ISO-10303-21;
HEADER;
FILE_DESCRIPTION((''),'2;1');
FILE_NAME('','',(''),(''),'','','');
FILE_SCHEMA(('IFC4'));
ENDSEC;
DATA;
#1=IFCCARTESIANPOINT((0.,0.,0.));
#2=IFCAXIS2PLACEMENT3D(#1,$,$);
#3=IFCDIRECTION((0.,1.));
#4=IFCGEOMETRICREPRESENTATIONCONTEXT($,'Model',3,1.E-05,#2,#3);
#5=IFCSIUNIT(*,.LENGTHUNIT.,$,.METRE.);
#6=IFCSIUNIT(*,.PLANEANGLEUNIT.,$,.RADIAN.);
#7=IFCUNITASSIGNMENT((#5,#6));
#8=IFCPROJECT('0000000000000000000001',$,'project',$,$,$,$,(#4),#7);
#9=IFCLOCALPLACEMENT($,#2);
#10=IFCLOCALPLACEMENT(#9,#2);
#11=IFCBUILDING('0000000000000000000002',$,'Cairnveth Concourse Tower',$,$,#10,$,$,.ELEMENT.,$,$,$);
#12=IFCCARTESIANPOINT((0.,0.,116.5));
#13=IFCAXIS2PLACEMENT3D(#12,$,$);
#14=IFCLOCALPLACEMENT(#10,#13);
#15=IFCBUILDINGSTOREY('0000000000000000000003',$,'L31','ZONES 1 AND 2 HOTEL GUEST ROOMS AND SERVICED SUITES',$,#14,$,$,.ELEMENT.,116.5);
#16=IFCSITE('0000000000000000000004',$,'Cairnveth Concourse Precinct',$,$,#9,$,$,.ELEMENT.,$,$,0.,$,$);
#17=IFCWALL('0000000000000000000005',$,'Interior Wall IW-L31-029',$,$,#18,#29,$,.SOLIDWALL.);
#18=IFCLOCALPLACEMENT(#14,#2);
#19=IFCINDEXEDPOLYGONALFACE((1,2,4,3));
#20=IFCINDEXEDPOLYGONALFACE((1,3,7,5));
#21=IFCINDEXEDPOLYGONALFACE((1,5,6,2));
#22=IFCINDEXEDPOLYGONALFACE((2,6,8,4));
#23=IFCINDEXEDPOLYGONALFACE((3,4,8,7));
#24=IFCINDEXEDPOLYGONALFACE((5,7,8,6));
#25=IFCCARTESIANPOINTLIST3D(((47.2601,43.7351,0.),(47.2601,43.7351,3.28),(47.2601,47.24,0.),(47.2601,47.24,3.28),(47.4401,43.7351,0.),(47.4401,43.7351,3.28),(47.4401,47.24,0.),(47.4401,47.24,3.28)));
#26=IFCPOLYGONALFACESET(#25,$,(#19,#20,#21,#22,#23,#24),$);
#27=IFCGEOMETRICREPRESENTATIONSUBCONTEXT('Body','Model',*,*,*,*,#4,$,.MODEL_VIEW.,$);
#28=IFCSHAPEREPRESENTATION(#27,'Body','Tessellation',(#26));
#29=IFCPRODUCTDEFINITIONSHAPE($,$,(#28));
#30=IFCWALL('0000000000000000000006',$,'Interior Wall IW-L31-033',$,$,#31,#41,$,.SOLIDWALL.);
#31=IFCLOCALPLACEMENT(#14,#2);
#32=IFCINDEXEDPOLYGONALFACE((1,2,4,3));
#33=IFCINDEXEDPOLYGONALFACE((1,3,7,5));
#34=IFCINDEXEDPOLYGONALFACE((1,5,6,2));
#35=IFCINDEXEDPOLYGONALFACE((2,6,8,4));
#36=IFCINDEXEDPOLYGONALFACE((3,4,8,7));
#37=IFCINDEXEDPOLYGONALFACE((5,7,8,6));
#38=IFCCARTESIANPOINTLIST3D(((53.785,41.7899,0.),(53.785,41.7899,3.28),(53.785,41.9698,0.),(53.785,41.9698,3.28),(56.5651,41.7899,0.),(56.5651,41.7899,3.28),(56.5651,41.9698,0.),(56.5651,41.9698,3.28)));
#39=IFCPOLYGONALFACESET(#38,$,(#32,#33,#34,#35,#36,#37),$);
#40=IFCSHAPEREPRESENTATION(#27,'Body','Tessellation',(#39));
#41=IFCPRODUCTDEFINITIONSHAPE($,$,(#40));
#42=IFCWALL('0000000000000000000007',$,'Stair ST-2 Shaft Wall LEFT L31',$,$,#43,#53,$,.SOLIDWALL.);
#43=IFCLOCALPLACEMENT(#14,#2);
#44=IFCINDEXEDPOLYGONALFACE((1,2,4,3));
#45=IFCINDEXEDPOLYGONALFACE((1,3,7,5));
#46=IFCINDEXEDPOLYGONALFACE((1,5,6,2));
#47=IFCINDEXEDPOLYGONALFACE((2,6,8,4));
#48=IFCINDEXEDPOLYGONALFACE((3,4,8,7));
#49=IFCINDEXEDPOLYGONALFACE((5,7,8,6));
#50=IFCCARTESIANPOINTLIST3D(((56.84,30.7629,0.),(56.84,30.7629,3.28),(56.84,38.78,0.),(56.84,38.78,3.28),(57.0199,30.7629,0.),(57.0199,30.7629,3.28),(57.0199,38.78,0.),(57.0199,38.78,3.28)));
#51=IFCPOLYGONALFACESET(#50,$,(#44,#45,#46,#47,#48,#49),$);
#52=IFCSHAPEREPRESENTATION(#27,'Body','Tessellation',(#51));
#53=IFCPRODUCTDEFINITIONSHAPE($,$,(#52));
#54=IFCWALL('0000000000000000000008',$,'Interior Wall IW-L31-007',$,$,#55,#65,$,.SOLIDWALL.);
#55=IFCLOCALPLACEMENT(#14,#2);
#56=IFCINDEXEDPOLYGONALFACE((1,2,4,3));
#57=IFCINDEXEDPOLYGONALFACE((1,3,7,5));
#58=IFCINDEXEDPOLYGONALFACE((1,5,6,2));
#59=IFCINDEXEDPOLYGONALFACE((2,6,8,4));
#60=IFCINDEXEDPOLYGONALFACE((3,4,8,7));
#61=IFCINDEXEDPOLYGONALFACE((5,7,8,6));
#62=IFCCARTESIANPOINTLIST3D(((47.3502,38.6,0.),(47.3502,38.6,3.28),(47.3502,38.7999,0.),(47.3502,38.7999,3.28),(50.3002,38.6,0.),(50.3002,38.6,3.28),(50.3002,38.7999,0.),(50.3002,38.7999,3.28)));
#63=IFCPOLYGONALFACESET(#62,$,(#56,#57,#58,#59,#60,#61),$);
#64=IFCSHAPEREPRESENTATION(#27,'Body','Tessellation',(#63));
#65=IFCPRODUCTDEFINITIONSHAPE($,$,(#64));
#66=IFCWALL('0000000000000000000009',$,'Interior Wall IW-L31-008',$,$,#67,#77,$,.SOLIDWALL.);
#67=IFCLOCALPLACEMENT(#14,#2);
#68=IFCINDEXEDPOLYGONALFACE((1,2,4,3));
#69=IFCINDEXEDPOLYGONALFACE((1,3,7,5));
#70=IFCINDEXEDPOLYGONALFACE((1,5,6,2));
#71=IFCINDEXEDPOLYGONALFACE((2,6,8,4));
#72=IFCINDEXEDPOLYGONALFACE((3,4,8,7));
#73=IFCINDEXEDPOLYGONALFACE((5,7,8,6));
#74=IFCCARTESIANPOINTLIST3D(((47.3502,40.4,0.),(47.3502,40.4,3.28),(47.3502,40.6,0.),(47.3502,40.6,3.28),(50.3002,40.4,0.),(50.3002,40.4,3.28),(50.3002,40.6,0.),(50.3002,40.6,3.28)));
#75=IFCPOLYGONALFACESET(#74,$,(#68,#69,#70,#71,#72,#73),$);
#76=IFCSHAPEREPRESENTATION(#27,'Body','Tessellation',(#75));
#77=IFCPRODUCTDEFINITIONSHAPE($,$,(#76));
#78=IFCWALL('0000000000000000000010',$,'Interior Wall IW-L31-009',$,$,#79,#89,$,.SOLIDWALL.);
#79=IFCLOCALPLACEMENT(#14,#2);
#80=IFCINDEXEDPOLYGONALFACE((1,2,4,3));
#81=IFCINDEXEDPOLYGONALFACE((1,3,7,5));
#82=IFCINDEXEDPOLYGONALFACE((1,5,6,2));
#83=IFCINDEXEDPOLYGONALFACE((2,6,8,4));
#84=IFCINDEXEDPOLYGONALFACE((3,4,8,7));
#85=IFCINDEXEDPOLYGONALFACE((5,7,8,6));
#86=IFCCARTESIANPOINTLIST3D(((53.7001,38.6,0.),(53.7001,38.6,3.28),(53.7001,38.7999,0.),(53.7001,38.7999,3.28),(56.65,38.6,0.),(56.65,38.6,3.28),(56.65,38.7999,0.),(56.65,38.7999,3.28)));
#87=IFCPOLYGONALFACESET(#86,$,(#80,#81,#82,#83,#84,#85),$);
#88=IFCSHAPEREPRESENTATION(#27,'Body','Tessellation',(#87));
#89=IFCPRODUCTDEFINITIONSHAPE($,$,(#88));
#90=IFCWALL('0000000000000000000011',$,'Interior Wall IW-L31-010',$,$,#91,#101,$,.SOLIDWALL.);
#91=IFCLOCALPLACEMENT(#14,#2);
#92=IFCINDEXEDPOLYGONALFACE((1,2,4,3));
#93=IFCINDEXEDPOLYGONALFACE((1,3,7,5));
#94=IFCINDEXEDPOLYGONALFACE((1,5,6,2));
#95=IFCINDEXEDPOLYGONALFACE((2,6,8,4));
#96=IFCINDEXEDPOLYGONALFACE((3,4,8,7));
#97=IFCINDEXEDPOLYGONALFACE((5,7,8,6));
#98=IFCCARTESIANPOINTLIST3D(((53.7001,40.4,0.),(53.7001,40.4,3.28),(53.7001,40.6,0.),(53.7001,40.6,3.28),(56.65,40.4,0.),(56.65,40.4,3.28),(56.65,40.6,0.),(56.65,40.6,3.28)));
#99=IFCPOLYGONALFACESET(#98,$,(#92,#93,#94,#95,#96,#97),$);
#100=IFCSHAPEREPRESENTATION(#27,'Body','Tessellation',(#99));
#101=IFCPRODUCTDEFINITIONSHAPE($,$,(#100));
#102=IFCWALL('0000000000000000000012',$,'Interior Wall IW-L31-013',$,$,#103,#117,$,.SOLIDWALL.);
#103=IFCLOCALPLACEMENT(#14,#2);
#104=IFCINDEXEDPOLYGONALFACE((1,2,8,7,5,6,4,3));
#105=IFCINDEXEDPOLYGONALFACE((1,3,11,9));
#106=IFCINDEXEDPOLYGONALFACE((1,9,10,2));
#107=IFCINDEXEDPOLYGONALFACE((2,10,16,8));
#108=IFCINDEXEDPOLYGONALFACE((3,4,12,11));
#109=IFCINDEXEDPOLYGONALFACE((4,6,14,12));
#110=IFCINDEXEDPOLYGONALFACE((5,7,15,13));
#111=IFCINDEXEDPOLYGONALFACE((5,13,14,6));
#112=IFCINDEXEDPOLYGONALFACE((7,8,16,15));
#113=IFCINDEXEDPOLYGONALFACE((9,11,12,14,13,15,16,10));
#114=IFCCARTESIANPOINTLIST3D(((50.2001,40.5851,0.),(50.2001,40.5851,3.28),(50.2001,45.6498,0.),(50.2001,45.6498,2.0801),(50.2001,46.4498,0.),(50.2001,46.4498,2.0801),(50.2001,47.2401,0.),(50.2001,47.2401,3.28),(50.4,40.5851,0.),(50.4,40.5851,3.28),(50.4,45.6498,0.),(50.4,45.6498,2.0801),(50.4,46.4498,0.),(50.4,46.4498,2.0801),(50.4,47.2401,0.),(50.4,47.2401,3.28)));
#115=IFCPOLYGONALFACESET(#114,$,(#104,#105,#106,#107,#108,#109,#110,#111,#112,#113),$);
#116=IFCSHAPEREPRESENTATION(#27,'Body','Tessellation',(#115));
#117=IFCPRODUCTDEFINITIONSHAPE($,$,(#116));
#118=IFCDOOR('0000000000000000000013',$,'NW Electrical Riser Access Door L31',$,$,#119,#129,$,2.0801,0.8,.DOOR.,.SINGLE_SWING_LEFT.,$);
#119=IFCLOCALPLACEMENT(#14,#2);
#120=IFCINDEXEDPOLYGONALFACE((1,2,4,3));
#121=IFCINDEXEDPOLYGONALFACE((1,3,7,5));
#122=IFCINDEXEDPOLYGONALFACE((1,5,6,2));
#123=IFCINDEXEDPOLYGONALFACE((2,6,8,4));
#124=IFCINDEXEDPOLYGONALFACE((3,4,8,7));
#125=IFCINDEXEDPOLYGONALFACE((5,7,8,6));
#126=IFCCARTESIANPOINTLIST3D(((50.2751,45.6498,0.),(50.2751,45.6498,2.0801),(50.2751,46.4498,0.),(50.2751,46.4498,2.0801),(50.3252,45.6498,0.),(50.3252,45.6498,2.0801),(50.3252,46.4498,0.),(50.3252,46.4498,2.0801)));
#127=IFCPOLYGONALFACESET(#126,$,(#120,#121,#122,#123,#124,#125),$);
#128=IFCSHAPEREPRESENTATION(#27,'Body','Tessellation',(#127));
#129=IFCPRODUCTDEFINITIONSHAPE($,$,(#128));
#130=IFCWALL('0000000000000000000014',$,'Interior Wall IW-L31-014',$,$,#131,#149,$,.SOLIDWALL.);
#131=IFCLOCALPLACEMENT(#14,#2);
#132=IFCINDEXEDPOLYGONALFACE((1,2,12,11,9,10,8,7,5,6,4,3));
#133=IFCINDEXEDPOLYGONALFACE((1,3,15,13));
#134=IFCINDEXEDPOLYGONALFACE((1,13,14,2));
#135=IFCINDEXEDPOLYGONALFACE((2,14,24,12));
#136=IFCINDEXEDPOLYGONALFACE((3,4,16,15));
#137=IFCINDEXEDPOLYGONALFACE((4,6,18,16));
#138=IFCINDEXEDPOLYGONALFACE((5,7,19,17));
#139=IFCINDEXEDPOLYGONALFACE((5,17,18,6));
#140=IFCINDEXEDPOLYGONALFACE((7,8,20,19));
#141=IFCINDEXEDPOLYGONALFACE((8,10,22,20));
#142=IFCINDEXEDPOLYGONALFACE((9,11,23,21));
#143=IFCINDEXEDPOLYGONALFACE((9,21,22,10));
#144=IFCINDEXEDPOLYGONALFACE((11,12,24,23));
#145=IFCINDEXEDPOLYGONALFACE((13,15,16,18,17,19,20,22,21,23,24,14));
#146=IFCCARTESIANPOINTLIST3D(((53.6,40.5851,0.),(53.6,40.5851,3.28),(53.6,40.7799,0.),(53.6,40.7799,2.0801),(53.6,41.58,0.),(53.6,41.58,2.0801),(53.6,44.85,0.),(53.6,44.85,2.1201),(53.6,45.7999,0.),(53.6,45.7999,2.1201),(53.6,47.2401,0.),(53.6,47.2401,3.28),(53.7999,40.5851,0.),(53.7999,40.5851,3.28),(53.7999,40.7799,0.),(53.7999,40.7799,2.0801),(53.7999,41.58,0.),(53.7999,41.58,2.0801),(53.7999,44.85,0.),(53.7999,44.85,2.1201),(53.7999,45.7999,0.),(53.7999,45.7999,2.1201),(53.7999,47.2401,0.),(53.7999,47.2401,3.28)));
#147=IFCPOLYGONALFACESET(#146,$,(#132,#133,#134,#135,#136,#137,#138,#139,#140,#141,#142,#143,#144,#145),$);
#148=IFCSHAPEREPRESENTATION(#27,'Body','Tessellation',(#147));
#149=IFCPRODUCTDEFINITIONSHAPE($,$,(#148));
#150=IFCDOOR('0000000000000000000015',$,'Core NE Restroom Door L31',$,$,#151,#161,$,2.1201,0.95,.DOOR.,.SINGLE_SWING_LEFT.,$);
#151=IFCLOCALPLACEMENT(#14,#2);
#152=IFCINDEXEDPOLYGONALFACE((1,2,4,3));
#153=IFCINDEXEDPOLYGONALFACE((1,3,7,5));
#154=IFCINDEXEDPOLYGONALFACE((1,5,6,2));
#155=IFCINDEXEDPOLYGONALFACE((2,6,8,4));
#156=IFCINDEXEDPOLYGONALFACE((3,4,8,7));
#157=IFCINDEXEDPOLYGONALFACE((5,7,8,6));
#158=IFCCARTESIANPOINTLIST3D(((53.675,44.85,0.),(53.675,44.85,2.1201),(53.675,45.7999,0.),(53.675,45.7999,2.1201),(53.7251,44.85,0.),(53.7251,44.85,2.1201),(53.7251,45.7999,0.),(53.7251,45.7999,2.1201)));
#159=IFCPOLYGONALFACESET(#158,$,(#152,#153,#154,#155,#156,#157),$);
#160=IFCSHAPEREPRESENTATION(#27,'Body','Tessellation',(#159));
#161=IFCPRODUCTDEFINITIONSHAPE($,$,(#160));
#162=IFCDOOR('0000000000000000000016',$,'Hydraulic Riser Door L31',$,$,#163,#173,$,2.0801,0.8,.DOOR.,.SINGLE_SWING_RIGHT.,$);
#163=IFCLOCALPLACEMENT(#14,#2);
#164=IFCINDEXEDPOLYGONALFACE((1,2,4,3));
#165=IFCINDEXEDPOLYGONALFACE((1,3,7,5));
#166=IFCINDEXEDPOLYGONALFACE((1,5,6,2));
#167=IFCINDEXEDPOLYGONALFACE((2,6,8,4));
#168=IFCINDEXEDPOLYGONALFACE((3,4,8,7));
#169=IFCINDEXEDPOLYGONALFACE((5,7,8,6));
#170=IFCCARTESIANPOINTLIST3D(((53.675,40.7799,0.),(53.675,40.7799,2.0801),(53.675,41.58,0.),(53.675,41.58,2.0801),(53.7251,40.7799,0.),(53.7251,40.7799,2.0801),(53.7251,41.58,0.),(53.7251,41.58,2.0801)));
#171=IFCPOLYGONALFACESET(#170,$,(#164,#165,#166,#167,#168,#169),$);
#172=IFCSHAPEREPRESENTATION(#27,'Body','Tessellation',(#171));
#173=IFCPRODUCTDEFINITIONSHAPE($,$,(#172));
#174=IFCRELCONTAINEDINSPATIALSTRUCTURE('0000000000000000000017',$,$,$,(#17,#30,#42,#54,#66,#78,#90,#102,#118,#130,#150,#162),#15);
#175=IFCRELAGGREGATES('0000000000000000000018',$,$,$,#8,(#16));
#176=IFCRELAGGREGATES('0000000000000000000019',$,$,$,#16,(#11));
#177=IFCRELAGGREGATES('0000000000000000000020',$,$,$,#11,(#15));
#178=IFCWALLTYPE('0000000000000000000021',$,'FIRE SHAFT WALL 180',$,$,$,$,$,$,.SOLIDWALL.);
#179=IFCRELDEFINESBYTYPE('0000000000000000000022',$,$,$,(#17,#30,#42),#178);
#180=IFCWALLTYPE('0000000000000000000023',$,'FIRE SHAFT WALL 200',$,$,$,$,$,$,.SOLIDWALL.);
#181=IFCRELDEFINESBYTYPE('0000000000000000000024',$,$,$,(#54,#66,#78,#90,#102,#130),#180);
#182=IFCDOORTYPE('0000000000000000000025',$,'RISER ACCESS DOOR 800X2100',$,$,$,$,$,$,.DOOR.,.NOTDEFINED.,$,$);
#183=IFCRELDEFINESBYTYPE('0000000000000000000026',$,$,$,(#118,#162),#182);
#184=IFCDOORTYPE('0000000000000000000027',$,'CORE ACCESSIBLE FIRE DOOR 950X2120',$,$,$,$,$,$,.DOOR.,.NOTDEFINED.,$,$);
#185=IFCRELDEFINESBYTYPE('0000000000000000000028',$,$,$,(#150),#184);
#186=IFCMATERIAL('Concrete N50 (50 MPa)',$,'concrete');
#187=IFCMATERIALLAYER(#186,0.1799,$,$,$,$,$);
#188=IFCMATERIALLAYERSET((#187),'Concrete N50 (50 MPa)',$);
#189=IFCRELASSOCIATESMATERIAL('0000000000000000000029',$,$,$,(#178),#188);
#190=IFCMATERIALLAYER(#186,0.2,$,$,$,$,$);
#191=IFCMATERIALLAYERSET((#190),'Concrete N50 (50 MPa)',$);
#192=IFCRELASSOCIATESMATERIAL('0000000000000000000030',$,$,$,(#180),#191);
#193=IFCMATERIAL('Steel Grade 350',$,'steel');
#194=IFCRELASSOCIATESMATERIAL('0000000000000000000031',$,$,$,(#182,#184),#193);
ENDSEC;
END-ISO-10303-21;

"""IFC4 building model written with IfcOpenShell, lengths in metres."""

from ifc_helpers import new_model, si_unit, direction, frame, frame_2d, origin, place, context, subcontext, project, spatial, rectangle, extrude, material, layer, layer_set, type_object, element, fill, save


model = new_model("IFC4")

# Units and contexts
model_context = context("Model", 3, precision=1e-05, world=origin(), true_north=direction((0.0, 1.0)))
body_context = subcontext(model_context, "Body", "Model", "MODEL_VIEW")
ifc_project = project(units=[si_unit("LENGTHUNIT", "METRE"), si_unit("PLANEANGLEUNIT", "RADIAN")], contexts=[model_context])

# Site, building, storey
site_placement = place(None, origin())
site = spatial("IfcSite", under=ifc_project, at=site_placement, Name="Cairnveth Concourse Precinct", CompositionType="ELEMENT", RefElevation=0.0)
building_placement = place(site_placement, origin())
building = spatial("IfcBuilding", under=site, at=building_placement, Name="Cairnveth Concourse Tower", CompositionType="ELEMENT")
storey_placement = place(building_placement, frame((0.0, 0.0, 116.5)))
storey = spatial("IfcBuildingStorey", under=building, at=storey_placement, Name="L31", Description="ZONES 1 AND 2 HOTEL GUEST ROOMS AND SERVICED SUITES", CompositionType="ELEMENT", Elevation=116.5)

# Walls
ifc_material_1 = material(Name="Concrete N50 (50 MPa)", Category="concrete")
ifc_layer_1 = layer(ifc_material_1, 0.1799)
ifc_layer_set_1 = layer_set([ifc_layer_1], Name="Concrete N50 (50 MPa)")
wall_type_1 = type_object("IfcWallType", Name="FIRE SHAFT WALL 180", PredefinedType="SOLIDWALL", material=ifc_layer_set_1)
wall_1_placement = place(storey_placement, frame((47.3501, 43.7351, 0.0), z_axis=(0.0, 0.0, 1.0), x_axis=(0.0, 1.0, 0.0)))
element("IfcWall", 1, at=wall_1_placement, inside=storey, type_object=wall_type_1, Name="Interior Wall IW-L31-029", PredefinedType="SOLIDWALL", context=body_context, shape_type="SweptSolid", body=[
    extrude(rectangle(XDim=3.5049, YDim=0.1799, at=frame_2d((1.7524, 0.0))), origin(), (0.0, 0.0, 1.0), 3.28),
])
wall_2_placement = place(storey_placement, frame((53.7849, 41.8799, 0.0), z_axis=(0.0, 0.0, 1.0), x_axis=(1.0, 0.0, 0.0)))
element("IfcWall", 2, at=wall_2_placement, inside=storey, type_object=wall_type_1, Name="Interior Wall IW-L31-033", PredefinedType="SOLIDWALL", context=body_context, shape_type="SweptSolid", body=[
    extrude(rectangle(XDim=2.78, YDim=0.1799, at=frame_2d((1.3901, 0.0))), origin(), (0.0, 0.0, 1.0), 3.28),
])

# Shared definitions
ifc_material_2 = material(Name="Steel Grade 350", Category="steel")

# Walls
wall_3_placement = place(storey_placement, frame((56.9299, 38.78, 0.0), z_axis=(0.0, 0.0, 1.0), x_axis=(0.0, -1.0, 0.0)))
element("IfcWall", 3, at=wall_3_placement, inside=storey, type_object=wall_type_1, Name="Stair ST-2 Shaft Wall LEFT L31", PredefinedType="SOLIDWALL", context=body_context, shape_type="SweptSolid", body=[
    extrude(rectangle(XDim=8.0171, YDim=0.1799, at=frame_2d((4.0085, 0.0))), origin(), (0.0, 0.0, 1.0), 3.28),
])
ifc_layer_2 = layer(ifc_material_1, 0.2)
ifc_layer_set_2 = layer_set([ifc_layer_2], Name="Concrete N50 (50 MPa)")
wall_type_2 = type_object("IfcWallType", Name="FIRE SHAFT WALL 200", PredefinedType="SOLIDWALL", material=ifc_layer_set_2)
for number, where, z_axis, x_axis, name in (
    (4, (47.3501, 38.7, 0.0), (0.0, 0.0, 1.0), (1.0, 0.0, 0.0), "Interior Wall IW-L31-007"),
    (5, (47.3501, 40.5, 0.0), (0.0, 0.0, 1.0), (1.0, 0.0, 0.0), "Interior Wall IW-L31-008"),
    (6, (53.7, 38.7, 0.0), (0.0, 0.0, 1.0), (1.0, 0.0, 0.0), "Interior Wall IW-L31-009"),
    (7, (53.7, 40.5, 0.0), (0.0, 0.0, 1.0), (1.0, 0.0, 0.0), "Interior Wall IW-L31-010"),
):
    element("IfcWall", number, at=place(storey_placement, frame(where, z_axis=z_axis, x_axis=x_axis)), inside=storey, type_object=wall_type_2, Name=name, PredefinedType="SOLIDWALL", context=body_context, shape_type="SweptSolid", body=[
        extrude(rectangle(XDim=2.95, YDim=0.2, at=frame_2d((1.4751, 0.0))), origin(), (0.0, 0.0, 1.0), 3.28),
    ])

# Wall, opening, door
wall_4_placement = place(storey_placement, frame((50.3, 40.585, 0.0), z_axis=(0.0, 0.0, 1.0), x_axis=(0.0, 1.0, 0.0)))
wall_4 = element("IfcWall", 8, at=wall_4_placement, inside=storey, type_object=wall_type_2, Name="Interior Wall IW-L31-013", PredefinedType="SOLIDWALL", context=body_context, shape_type="SweptSolid", body=[
    extrude(rectangle(XDim=6.655, YDim=0.2, at=frame_2d((3.3276, 0.0))), origin(), (0.0, 0.0, 1.0), 3.28),
])
opening_1_placement = place(wall_4_placement, frame((5.0649, 0.0, 0.0)))
opening_1 = element("IfcOpeningElement", 9, at=opening_1_placement, cuts=wall_4, PredefinedType="OPENING", context=body_context, shape_type="SweptSolid", body=[
    extrude(rectangle(XDim=0.8, YDim=2.0801, at=frame_2d((0.3999, 1.04))), frame((0.0, 0.1099, 0.0), z_axis=(0.0, -1.0, 0.0), x_axis=(1.0, 0.0, 0.0)), (0.0, 0.0, 1.0), 0.22),
])
door_type_1 = type_object("IfcDoorType", Name="RISER ACCESS DOOR 800X2100", OperationType="NOTDEFINED", PredefinedType="DOOR", material=ifc_material_2)
door_1_placement = place(opening_1_placement, origin())
door_1 = element("IfcDoor", 10, at=door_1_placement, inside=storey, type_object=door_type_1, Name="NW Electrical Riser Access Door L31", OperationType="SINGLE_SWING_LEFT", OverallHeight=2.0801, OverallWidth=0.8, PredefinedType="DOOR", context=body_context, shape_type="SweptSolid", body=[
    extrude(rectangle(XDim=0.8, YDim=2.0801, at=frame_2d((0.3999, 1.04))), frame((0.0, 0.0249, 0.0), z_axis=(0.0, -1.0, 0.0), x_axis=(1.0, 0.0, 0.0)), (0.0, 0.0, 1.0), 0.05),
])
fill(opening_1, door_1)

# Wall, openings, doors
wall_5_placement = place(storey_placement, frame((53.7, 40.585, 0.0), z_axis=(0.0, 0.0, 1.0), x_axis=(0.0, 1.0, 0.0)))
wall_5 = element("IfcWall", 11, at=wall_5_placement, inside=storey, type_object=wall_type_2, Name="Interior Wall IW-L31-014", PredefinedType="SOLIDWALL", context=body_context, shape_type="SweptSolid", body=[
    extrude(rectangle(XDim=6.655, YDim=0.2, at=frame_2d((3.3276, 0.0))), origin(), (0.0, 0.0, 1.0), 3.28),
])
opening_2_placement = place(wall_5_placement, frame((0.1951, 0.0, 0.0)))
opening_2 = element("IfcOpeningElement", 12, at=opening_2_placement, cuts=wall_5, PredefinedType="OPENING", context=body_context, shape_type="SweptSolid", body=[
    extrude(rectangle(XDim=0.8, YDim=2.0801, at=frame_2d((0.3999, 1.04))), frame((0.0, 0.1099, 0.0), z_axis=(0.0, -1.0, 0.0), x_axis=(1.0, 0.0, 0.0)), (0.0, 0.0, 1.0), 0.22),
])
opening_3_placement = place(wall_5_placement, frame((4.2649, 0.0, 0.0)))
opening_3 = element("IfcOpeningElement", 13, at=opening_3_placement, cuts=wall_5, PredefinedType="OPENING", context=body_context, shape_type="SweptSolid", body=[
    extrude(rectangle(XDim=0.95, YDim=2.1201, at=frame_2d((0.4751, 1.0601))), frame((0.0, 0.1099, 0.0), z_axis=(0.0, -1.0, 0.0), x_axis=(1.0, 0.0, 0.0)), (0.0, 0.0, 1.0), 0.22),
])
door_type_2 = type_object("IfcDoorType", Name="CORE ACCESSIBLE FIRE DOOR 950X2120", OperationType="NOTDEFINED", PredefinedType="DOOR", material=ifc_material_2)
door_2_placement = place(opening_3_placement, origin())
door_2 = element("IfcDoor", 14, at=door_2_placement, inside=storey, type_object=door_type_2, Name="Core NE Restroom Door L31", OperationType="SINGLE_SWING_LEFT", OverallHeight=2.1201, OverallWidth=0.95, PredefinedType="DOOR", context=body_context, shape_type="SweptSolid", body=[
    extrude(rectangle(XDim=0.95, YDim=2.1201, at=frame_2d((0.4751, 1.0601))), frame((0.0, 0.0249, 0.0), z_axis=(0.0, -1.0, 0.0), x_axis=(1.0, 0.0, 0.0)), (0.0, 0.0, 1.0), 0.05),
])
fill(opening_3, door_2)
door_3_placement = place(opening_2_placement, origin())
door_3 = element("IfcDoor", 15, at=door_3_placement, inside=storey, type_object=door_type_1, Name="Hydraulic Riser Door L31", OperationType="SINGLE_SWING_RIGHT", OverallHeight=2.0801, OverallWidth=0.8, PredefinedType="DOOR", context=body_context, shape_type="SweptSolid", body=[
    extrude(rectangle(XDim=0.8, YDim=2.0801, at=frame_2d((0.3999, 1.04))), frame((0.0, 0.0249, 0.0), z_axis=(0.0, -1.0, 0.0), x_axis=(1.0, 0.0, 0.0)), (0.0, 0.0, 1.0), 0.05),
])
fill(opening_2, door_3)

save(model, "model.ifc")
